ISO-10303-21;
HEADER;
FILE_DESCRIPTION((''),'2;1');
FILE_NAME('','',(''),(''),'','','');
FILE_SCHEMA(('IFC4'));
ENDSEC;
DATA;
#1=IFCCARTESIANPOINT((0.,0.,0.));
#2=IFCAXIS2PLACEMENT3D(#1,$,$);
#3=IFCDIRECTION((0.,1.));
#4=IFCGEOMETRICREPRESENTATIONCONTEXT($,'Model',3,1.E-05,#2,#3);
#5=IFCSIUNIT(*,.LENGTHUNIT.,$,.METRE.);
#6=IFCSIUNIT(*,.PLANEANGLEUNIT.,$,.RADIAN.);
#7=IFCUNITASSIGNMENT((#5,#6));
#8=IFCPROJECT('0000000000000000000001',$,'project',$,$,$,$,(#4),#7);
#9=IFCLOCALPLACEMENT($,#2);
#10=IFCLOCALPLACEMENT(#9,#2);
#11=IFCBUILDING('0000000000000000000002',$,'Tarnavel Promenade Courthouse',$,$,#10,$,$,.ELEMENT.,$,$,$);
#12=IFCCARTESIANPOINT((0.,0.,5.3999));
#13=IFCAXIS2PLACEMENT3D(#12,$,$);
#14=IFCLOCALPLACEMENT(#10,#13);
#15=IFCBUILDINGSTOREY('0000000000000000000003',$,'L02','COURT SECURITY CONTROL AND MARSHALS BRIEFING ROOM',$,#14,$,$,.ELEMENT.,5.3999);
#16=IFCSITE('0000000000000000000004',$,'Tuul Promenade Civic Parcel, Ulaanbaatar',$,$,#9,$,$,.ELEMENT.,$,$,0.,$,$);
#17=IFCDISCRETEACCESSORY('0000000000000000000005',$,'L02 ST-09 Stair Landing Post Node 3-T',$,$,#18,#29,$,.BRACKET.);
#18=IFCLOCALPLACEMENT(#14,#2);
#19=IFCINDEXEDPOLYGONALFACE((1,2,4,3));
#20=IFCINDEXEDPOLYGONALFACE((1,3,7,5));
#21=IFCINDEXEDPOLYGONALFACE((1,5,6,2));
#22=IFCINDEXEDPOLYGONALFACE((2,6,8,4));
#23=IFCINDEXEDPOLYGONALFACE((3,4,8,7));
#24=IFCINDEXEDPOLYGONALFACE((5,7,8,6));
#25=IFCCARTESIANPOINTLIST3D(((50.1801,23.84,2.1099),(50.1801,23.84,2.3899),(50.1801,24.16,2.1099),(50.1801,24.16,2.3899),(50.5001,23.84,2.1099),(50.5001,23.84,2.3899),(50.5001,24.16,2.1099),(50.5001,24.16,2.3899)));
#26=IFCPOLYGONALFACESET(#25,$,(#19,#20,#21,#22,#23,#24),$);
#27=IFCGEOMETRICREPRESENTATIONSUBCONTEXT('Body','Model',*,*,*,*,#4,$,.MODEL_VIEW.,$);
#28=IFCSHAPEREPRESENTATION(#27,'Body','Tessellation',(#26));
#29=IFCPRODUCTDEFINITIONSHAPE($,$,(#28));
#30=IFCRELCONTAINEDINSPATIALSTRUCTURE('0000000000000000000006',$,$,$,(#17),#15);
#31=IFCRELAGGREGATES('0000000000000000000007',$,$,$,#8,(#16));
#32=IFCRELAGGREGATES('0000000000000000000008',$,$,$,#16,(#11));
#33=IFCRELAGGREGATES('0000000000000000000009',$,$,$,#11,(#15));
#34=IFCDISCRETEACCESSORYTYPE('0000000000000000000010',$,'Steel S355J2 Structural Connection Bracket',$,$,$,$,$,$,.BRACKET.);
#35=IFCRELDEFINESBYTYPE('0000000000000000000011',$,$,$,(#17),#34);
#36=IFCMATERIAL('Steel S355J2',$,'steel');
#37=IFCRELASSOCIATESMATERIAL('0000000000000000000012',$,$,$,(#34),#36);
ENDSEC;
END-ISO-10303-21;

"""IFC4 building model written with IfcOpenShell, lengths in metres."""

from ifc_helpers import new_model, si_unit, direction, frame, origin, origin_2d, place, context, subcontext, project, spatial, rectangle, extrude, material, type_object, element, save


model = new_model("IFC4")

# Units and contexts
model_context = context("Model", 3, precision=1e-05, world=origin(), true_north=direction((0.0, 1.0)))
body_context = subcontext(model_context, "Body", "Model", "MODEL_VIEW")
ifc_project = project(units=[si_unit("LENGTHUNIT", "METRE"), si_unit("PLANEANGLEUNIT", "RADIAN")], contexts=[model_context])

# Site, building, storey
site_placement = place(None, origin())
site = spatial("IfcSite", under=ifc_project, at=site_placement, Name="Tuul Promenade Civic Parcel, Ulaanbaatar", CompositionType="ELEMENT", RefElevation=0.0)
building_placement = place(site_placement, origin())
building = spatial("IfcBuilding", under=site, at=building_placement, Name="Tarnavel Promenade Courthouse", CompositionType="ELEMENT")
storey_placement = place(building_placement, frame((0.0, 0.0, 5.3999)))
storey = spatial("IfcBuildingStorey", under=building, at=storey_placement, Name="L02", Description="COURT SECURITY CONTROL AND MARSHALS BRIEFING ROOM", CompositionType="ELEMENT", Elevation=5.3999)

# Shared definitions
ifc_material_1 = material(Name="Steel S355J2", Category="steel")

# Discrete accessory
discrete_accessory_type = type_object("IfcDiscreteAccessoryType", Name="Steel S355J2 Structural Connection Bracket", PredefinedType="BRACKET", material=ifc_material_1)
discrete_accessory_placement = place(storey_placement, frame((50.3401, 24.0, 2.1099), z_axis=(0.0, 0.0, 1.0), x_axis=(1.0, 0.0, 0.0)))
element("IfcDiscreteAccessory", 1, at=discrete_accessory_placement, inside=storey, type_object=discrete_accessory_type, Name="L02 ST-09 Stair Landing Post Node 3-T", PredefinedType="BRACKET", context=body_context, shape_type="SweptSolid", body=[
    extrude(rectangle(XDim=0.3201, YDim=0.3201, at=origin_2d()), origin(), (0.0, 0.0, 1.0), 0.28),
])

save(model, "model.ifc")
